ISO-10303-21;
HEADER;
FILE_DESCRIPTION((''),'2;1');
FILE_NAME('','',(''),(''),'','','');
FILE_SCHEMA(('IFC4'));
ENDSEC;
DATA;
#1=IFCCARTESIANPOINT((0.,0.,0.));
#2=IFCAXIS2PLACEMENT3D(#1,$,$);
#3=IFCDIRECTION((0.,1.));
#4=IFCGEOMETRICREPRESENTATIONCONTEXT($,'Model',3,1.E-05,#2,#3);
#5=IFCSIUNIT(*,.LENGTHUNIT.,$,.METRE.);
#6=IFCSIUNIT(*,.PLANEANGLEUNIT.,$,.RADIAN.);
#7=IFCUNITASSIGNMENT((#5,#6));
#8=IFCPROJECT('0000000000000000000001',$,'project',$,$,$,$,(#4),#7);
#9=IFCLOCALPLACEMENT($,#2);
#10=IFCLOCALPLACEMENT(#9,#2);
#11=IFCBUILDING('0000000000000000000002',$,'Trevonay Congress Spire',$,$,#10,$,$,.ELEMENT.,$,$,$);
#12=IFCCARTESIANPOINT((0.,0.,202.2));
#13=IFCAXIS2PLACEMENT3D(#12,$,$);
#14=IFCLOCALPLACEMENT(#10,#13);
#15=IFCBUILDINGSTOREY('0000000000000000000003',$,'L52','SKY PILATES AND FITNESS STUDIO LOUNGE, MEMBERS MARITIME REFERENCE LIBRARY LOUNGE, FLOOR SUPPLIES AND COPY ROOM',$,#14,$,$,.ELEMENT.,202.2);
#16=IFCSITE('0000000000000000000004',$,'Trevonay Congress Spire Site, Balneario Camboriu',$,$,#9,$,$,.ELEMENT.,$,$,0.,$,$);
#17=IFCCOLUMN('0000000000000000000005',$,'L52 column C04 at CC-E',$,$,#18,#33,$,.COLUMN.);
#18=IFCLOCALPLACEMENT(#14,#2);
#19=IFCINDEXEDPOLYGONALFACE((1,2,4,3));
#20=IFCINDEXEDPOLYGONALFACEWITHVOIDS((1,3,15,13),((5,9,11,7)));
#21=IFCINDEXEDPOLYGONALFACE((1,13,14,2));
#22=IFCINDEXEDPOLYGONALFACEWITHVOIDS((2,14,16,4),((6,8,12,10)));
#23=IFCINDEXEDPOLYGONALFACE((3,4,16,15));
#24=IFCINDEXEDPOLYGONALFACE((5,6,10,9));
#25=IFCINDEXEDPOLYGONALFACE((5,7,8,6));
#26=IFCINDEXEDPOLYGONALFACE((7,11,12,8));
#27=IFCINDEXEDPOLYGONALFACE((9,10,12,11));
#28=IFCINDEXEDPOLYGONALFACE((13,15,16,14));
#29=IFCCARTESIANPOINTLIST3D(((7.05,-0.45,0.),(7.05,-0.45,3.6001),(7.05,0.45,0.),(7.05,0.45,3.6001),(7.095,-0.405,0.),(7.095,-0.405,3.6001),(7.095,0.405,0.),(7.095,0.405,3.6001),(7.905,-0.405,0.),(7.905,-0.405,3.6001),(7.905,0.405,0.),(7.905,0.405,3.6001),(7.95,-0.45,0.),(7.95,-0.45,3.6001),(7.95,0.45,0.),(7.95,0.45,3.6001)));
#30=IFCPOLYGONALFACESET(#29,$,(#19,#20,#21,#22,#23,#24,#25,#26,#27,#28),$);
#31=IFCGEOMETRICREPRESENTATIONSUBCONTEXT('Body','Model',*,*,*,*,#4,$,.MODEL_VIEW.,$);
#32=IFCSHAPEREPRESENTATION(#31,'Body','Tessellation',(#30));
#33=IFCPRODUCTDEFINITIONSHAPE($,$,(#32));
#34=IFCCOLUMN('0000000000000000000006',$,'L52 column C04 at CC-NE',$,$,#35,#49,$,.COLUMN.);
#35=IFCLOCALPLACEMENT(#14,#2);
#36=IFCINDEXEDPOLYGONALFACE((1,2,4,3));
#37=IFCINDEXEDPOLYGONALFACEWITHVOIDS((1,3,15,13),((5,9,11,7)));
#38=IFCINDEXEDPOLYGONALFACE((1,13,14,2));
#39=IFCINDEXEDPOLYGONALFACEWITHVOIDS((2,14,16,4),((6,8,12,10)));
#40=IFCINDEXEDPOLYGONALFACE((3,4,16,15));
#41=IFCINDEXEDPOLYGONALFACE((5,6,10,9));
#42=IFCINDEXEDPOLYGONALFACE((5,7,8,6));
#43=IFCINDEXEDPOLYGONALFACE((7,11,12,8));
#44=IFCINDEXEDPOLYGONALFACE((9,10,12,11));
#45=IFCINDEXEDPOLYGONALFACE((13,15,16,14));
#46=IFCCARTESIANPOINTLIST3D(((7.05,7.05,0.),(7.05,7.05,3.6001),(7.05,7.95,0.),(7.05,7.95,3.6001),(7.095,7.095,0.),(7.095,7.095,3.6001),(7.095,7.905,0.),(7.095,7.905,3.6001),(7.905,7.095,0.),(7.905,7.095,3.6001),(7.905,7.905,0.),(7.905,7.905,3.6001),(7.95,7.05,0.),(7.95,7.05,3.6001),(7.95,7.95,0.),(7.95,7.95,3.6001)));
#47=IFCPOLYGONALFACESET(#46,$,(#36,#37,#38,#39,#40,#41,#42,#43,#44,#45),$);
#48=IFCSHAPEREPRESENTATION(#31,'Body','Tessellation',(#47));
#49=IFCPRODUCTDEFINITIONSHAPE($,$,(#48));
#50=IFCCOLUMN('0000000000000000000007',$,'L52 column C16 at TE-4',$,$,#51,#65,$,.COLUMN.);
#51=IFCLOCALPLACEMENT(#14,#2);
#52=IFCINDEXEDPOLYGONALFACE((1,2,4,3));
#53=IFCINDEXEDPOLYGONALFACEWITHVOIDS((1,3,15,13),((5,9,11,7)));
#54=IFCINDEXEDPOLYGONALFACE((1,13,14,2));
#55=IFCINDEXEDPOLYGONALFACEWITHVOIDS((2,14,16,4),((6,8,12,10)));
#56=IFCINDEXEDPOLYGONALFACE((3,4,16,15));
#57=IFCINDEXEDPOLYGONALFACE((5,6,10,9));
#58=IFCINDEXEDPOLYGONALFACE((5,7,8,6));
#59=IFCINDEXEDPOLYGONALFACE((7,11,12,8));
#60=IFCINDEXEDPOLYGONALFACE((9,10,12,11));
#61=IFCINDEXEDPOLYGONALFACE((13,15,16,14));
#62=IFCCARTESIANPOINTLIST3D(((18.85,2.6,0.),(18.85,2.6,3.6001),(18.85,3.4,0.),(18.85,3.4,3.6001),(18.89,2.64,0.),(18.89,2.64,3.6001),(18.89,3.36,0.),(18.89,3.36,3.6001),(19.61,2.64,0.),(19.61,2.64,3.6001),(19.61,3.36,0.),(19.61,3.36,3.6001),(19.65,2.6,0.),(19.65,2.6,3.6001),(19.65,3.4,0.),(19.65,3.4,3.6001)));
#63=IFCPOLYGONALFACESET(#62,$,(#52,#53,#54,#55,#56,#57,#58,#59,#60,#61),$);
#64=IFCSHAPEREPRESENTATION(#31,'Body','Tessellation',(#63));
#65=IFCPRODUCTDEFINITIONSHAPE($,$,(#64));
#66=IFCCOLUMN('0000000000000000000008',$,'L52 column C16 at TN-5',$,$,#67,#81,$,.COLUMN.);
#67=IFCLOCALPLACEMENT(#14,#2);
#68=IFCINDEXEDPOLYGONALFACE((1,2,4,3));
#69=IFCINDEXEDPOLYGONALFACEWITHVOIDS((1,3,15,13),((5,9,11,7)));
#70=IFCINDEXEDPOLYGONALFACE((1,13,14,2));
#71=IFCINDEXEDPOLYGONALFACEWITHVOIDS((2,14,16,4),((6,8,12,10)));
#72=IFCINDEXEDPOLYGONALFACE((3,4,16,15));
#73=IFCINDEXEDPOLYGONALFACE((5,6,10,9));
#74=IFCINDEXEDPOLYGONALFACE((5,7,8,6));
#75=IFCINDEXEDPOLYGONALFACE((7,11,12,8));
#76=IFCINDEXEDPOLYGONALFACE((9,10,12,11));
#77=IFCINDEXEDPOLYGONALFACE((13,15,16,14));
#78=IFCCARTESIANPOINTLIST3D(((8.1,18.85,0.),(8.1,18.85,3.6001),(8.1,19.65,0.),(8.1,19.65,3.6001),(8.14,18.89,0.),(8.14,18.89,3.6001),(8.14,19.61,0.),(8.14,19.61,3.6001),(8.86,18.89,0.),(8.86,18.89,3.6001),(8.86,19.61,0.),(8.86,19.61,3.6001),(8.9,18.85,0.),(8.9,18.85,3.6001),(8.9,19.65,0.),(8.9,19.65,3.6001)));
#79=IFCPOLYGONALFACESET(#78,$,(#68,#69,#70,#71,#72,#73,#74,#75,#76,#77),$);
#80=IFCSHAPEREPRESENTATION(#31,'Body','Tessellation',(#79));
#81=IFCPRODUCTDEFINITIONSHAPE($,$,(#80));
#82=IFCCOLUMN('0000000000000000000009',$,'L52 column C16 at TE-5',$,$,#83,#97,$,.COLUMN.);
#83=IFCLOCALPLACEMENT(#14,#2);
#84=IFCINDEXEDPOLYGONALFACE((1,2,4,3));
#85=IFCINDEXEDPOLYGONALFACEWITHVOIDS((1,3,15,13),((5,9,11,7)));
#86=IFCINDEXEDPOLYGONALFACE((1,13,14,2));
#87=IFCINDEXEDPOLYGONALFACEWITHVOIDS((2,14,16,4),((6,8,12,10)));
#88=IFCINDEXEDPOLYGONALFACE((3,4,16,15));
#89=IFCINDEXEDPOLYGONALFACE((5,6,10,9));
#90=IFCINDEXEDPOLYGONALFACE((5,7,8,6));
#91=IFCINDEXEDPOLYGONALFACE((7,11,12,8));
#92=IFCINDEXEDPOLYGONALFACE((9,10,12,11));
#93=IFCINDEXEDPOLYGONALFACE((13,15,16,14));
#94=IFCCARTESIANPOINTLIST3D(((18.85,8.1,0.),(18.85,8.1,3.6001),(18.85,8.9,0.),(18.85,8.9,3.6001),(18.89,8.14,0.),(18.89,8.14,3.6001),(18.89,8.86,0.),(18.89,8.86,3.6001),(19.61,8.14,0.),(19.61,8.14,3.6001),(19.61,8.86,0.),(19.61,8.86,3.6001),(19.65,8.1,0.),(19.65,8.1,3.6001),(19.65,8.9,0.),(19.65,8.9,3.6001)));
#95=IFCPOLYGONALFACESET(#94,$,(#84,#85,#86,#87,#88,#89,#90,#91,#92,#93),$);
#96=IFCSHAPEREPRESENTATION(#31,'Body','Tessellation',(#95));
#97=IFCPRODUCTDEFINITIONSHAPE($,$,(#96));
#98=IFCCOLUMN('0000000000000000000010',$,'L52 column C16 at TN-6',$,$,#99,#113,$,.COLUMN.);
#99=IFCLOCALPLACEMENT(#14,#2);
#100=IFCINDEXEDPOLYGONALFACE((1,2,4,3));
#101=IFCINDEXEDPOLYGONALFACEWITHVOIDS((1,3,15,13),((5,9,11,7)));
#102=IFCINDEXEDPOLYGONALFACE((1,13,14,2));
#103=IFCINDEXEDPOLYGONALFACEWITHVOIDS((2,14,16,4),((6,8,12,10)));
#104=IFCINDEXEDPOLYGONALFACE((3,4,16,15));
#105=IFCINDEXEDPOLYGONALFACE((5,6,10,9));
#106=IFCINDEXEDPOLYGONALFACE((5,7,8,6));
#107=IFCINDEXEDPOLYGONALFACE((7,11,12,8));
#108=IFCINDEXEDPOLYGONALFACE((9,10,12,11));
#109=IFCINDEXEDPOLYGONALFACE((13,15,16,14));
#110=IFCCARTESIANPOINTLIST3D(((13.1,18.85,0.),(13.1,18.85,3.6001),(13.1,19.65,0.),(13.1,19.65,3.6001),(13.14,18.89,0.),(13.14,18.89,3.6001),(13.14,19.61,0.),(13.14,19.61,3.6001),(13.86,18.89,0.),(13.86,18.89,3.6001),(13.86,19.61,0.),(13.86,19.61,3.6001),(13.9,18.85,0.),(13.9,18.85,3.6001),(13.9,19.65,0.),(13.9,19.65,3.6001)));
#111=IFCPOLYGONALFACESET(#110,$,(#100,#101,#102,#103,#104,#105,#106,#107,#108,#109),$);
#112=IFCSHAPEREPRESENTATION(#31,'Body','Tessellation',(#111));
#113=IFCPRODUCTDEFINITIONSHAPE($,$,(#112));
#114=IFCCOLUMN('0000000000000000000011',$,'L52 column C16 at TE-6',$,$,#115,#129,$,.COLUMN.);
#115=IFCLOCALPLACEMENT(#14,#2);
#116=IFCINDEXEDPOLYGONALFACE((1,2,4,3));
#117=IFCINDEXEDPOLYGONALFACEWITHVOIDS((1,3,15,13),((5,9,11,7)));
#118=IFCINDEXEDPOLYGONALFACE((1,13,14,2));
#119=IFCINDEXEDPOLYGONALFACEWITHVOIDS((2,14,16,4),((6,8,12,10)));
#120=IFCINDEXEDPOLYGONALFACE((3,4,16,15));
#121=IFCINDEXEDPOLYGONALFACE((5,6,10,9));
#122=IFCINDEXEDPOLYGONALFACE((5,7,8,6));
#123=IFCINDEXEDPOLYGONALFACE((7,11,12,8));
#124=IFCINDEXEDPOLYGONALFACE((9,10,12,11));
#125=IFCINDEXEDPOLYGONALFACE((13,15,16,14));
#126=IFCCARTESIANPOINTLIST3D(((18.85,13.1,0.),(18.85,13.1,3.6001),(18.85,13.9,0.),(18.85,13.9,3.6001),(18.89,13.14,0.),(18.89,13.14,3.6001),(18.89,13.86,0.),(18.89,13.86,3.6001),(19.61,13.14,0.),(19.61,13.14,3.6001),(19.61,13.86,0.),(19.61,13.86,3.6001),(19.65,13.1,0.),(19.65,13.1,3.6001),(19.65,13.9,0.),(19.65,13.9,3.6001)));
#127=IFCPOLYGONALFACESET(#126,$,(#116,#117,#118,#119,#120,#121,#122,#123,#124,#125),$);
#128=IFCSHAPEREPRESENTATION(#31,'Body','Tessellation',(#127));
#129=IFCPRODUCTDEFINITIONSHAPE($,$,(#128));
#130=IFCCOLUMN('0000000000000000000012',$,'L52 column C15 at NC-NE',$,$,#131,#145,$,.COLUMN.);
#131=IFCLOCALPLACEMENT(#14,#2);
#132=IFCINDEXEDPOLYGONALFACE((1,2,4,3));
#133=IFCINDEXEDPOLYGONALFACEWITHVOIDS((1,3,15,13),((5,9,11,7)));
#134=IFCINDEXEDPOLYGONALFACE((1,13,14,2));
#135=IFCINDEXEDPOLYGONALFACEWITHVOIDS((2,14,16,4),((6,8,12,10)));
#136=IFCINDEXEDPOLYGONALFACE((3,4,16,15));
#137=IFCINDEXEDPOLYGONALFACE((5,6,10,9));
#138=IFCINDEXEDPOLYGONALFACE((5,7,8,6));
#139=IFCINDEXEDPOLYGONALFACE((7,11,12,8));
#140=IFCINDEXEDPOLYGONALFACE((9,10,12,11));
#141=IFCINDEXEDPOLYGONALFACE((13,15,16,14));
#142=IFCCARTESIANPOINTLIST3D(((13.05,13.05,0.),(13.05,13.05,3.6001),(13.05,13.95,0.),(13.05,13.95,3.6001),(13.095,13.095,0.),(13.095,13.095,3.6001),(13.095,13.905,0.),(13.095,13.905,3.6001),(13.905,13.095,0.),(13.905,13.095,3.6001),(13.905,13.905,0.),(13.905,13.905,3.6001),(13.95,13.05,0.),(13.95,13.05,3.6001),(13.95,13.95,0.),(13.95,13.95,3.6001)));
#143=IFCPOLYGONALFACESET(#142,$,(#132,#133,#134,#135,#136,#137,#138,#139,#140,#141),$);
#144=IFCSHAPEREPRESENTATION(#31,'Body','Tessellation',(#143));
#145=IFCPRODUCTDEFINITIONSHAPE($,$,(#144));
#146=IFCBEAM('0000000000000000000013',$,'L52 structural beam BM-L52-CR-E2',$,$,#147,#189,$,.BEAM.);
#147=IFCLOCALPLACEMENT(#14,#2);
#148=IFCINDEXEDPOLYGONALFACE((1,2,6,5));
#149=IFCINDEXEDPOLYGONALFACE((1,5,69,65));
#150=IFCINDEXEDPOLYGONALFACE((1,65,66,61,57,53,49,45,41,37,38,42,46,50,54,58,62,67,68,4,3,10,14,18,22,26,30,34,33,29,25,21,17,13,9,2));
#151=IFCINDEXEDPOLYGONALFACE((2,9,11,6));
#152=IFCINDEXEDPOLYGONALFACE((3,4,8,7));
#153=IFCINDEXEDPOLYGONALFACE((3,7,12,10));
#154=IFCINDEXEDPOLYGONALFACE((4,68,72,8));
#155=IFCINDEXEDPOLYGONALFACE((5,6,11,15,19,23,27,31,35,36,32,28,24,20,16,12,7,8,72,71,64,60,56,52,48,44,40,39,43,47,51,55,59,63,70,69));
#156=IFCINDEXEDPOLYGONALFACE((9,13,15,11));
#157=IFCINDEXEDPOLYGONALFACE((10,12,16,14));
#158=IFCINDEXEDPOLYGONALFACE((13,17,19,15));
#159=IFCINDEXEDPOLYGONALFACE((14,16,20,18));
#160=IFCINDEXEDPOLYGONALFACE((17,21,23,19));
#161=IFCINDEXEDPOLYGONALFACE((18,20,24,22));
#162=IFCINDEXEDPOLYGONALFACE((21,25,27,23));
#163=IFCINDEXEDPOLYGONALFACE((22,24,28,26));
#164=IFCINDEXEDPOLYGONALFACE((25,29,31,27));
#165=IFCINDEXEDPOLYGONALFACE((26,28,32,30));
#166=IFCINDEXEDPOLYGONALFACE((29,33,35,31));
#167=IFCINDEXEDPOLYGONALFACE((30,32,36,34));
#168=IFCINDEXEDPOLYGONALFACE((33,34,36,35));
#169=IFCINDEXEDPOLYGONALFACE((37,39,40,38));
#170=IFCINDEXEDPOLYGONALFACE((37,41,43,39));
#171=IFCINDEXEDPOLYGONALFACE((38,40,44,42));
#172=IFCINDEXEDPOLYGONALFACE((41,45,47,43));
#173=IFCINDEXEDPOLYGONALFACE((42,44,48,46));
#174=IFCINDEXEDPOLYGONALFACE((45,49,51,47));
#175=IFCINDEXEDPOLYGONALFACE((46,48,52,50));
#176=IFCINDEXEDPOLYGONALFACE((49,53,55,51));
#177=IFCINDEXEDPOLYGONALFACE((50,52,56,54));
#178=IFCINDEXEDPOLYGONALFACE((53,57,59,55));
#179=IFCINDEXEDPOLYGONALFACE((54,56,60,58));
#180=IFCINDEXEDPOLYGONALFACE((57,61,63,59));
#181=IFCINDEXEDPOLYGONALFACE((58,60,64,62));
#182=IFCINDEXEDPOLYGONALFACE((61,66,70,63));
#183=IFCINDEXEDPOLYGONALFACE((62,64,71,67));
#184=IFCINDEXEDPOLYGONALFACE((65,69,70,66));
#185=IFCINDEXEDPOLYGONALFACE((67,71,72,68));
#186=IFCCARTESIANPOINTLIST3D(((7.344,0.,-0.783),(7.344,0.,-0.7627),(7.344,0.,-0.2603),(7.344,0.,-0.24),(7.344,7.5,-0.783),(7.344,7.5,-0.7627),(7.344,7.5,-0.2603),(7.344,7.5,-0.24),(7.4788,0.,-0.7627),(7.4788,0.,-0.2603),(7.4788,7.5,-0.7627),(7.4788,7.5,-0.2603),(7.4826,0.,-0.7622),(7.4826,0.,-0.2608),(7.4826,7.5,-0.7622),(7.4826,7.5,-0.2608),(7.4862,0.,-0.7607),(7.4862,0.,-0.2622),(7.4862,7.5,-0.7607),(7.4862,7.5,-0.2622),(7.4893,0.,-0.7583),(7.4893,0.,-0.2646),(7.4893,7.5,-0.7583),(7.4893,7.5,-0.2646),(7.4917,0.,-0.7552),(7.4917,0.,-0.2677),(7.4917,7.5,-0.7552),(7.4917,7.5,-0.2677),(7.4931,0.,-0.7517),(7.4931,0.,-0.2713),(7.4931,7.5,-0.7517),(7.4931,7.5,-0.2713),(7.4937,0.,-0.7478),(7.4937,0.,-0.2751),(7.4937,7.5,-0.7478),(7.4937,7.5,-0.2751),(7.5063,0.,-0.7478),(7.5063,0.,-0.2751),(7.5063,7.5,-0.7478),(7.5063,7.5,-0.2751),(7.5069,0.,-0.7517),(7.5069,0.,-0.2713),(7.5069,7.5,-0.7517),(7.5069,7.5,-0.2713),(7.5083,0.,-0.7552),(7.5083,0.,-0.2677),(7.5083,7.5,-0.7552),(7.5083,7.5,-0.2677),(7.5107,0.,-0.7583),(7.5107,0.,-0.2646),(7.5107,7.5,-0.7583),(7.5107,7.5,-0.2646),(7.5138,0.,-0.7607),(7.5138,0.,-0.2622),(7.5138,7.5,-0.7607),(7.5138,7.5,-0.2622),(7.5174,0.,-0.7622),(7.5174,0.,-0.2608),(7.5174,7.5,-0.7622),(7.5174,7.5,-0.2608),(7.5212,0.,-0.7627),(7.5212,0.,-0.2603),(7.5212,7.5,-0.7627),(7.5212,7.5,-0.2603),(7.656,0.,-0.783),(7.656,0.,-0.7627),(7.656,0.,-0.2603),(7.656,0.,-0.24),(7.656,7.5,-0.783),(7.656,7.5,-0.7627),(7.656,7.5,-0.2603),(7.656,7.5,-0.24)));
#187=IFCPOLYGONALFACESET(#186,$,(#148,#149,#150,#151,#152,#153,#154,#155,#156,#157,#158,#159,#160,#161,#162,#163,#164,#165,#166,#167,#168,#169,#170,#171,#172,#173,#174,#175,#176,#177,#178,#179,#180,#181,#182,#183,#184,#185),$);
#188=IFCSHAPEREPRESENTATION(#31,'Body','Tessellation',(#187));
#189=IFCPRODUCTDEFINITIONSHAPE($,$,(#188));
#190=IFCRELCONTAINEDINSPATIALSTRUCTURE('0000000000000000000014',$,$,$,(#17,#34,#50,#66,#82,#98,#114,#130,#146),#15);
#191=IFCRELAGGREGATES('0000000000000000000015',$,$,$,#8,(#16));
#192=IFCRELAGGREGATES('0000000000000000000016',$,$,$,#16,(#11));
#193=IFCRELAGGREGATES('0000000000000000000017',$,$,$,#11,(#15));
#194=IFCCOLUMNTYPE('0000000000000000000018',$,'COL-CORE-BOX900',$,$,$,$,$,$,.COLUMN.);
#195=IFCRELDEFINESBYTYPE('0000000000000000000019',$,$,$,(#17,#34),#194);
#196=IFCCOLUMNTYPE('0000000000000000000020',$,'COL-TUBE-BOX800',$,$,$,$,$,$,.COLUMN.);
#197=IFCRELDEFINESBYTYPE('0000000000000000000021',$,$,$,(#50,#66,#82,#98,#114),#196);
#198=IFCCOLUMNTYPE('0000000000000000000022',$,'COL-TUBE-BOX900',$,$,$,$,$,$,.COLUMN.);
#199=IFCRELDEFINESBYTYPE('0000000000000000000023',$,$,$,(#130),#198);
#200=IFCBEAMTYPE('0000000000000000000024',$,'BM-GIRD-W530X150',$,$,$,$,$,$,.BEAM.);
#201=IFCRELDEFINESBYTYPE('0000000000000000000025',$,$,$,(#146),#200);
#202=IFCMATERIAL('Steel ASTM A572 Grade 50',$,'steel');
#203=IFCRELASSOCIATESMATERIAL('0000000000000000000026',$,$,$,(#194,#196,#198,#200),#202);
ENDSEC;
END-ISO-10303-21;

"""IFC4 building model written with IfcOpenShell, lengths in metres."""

from ifc_helpers import new_model, si_unit, direction, frame, origin, origin_2d, place, context, subcontext, project, spatial, hollow_rectangle, i_section, extrude, material, material_profile, profile_set, type_object, element, save


model = new_model("IFC4")

# Units and contexts
model_context = context("Model", 3, precision=1e-05, world=origin(), true_north=direction((0.0, 1.0)))
body_context = subcontext(model_context, "Body", "Model", "MODEL_VIEW")
ifc_project = project(units=[si_unit("LENGTHUNIT", "METRE"), si_unit("PLANEANGLEUNIT", "RADIAN")], contexts=[model_context])

# Site, building, storey
site_placement = place(None, origin())
site = spatial("IfcSite", under=ifc_project, at=site_placement, Name="Trevonay Congress Spire Site, Balneario Camboriu", CompositionType="ELEMENT", RefElevation=0.0)
building_placement = place(site_placement, origin())
building = spatial("IfcBuilding", under=site, at=building_placement, Name="Trevonay Congress Spire", CompositionType="ELEMENT")
storey_placement = place(building_placement, frame((0.0, 0.0, 202.2)))
storey = spatial("IfcBuildingStorey", under=building, at=storey_placement, Name="L52", Description="SKY PILATES AND FITNESS STUDIO LOUNGE, MEMBERS MARITIME REFERENCE LIBRARY LOUNGE, FLOOR SUPPLIES AND COPY ROOM", CompositionType="ELEMENT", Elevation=202.2)

# Columns
ifc_material_1 = material(Name="Steel ASTM A572 Grade 50", Category="steel")
ifc_material_profile_1 = material_profile(ifc_material_1, hollow_rectangle(XDim=0.8999, YDim=0.8999, WallThickness=0.0449, at=origin_2d()), Name="BOX 900x900x45")
ifc_profile_set_1 = profile_set([ifc_material_profile_1], Name="Steel ASTM A572 Grade 50")
column_type_1 = type_object("IfcColumnType", Name="COL-CORE-BOX900", PredefinedType="COLUMN", material=ifc_profile_set_1)
for number, where, z_axis, x_axis, name in (
    (1, (7.5, 0.0, 0.0), (0.0, 0.0, 1.0), (1.0, 0.0, 0.0), "L52 column C04 at CC-E"),
    (2, (7.5, 7.5, 0.0), (0.0, 0.0, 1.0), (1.0, 0.0, 0.0), "L52 column C04 at CC-NE"),
):
    element("IfcColumn", number, at=place(storey_placement, frame(where, z_axis=z_axis, x_axis=x_axis)), inside=storey, type_object=column_type_1, Name=name, PredefinedType="COLUMN", context=body_context, shape_type="SweptSolid", body=[
        extrude(hollow_rectangle(XDim=0.8999, YDim=0.8999, WallThickness=0.0449, at=origin_2d()), origin(), (0.0, 0.0, 1.0), 3.6001),
    ])
ifc_material_profile_2 = material_profile(ifc_material_1, hollow_rectangle(XDim=0.8, YDim=0.8, WallThickness=0.04, at=origin_2d()), Name="BOX 800x800x40")
ifc_profile_set_2 = profile_set([ifc_material_profile_2], Name="Steel ASTM A572 Grade 50")
column_type_2 = type_object("IfcColumnType", Name="COL-TUBE-BOX800", PredefinedType="COLUMN", material=ifc_profile_set_2)
for number, where, z_axis, x_axis, name in (
    (3, (19.25, 3.0, 0.0), (0.0, 0.0, 1.0), (1.0, 0.0, 0.0), "L52 column C16 at TE-4"),
    (4, (8.5, 19.25, 0.0), (0.0, 0.0, 1.0), (1.0, 0.0, 0.0), "L52 column C16 at TN-5"),
    (5, (19.25, 8.5, 0.0), (0.0, 0.0, 1.0), (1.0, 0.0, 0.0), "L52 column C16 at TE-5"),
    (6, (13.5, 19.25, 0.0), (0.0, 0.0, 1.0), (1.0, 0.0, 0.0), "L52 column C16 at TN-6"),
    (7, (19.25, 13.5, 0.0), (0.0, 0.0, 1.0), (1.0, 0.0, 0.0), "L52 column C16 at TE-6"),
):
    element("IfcColumn", number, at=place(storey_placement, frame(where, z_axis=z_axis, x_axis=x_axis)), inside=storey, type_object=column_type_2, Name=name, PredefinedType="COLUMN", context=body_context, shape_type="SweptSolid", body=[
        extrude(hollow_rectangle(XDim=0.8, YDim=0.8, WallThickness=0.04, at=origin_2d()), origin(), (0.0, 0.0, 1.0), 3.6001),
    ])
ifc_material_profile_3 = material_profile(ifc_material_1, hollow_rectangle(XDim=0.8999, YDim=0.8999, WallThickness=0.0449, at=origin_2d()), Name="BOX 900x900x45")
ifc_profile_set_3 = profile_set([ifc_material_profile_3], Name="Steel ASTM A572 Grade 50")
column_type_3 = type_object("IfcColumnType", Name="COL-TUBE-BOX900", PredefinedType="COLUMN", material=ifc_profile_set_3)
column_placement = place(storey_placement, frame((13.5, 13.5, 0.0), z_axis=(0.0, 0.0, 1.0), x_axis=(1.0, 0.0, 0.0)))
element("IfcColumn", 8, at=column_placement, inside=storey, type_object=column_type_3, Name="L52 column C15 at NC-NE", PredefinedType="COLUMN", context=body_context, shape_type="SweptSolid", body=[
    extrude(hollow_rectangle(XDim=0.8999, YDim=0.8999, WallThickness=0.0449, at=origin_2d()), origin(), (0.0, 0.0, 1.0), 3.6001),
])

# Beam
ifc_material_profile_4 = material_profile(ifc_material_1, i_section(OverallWidth=0.312, OverallDepth=0.543, WebThickness=0.0127, FlangeThickness=0.0203, FilletRadius=0.0149, at=origin_2d()), Name="W530x150")
ifc_profile_set_4 = profile_set([ifc_material_profile_4], Name="Steel ASTM A572 Grade 50")
beam_type_1 = type_object("IfcBeamType", Name="BM-GIRD-W530X150", PredefinedType="BEAM", material=ifc_profile_set_4)
beam_1_placement = place(storey_placement, frame((7.5, 0.0, -0.5115), z_axis=(0.0, 1.0, 0.0), x_axis=(-1.0, 0.0, 0.0)))
element("IfcBeam", 9, at=beam_1_placement, inside=storey, type_object=beam_type_1, Name="L52 structural beam BM-L52-CR-E2", PredefinedType="BEAM", context=body_context, shape_type="SweptSolid", body=[
    extrude(i_section(OverallWidth=0.312, OverallDepth=0.543, WebThickness=0.0127, FlangeThickness=0.0203, FilletRadius=0.0149, at=origin_2d()), origin(), (0.0, 0.0, 1.0), 7.5),
])

save(model, "model.ifc")
